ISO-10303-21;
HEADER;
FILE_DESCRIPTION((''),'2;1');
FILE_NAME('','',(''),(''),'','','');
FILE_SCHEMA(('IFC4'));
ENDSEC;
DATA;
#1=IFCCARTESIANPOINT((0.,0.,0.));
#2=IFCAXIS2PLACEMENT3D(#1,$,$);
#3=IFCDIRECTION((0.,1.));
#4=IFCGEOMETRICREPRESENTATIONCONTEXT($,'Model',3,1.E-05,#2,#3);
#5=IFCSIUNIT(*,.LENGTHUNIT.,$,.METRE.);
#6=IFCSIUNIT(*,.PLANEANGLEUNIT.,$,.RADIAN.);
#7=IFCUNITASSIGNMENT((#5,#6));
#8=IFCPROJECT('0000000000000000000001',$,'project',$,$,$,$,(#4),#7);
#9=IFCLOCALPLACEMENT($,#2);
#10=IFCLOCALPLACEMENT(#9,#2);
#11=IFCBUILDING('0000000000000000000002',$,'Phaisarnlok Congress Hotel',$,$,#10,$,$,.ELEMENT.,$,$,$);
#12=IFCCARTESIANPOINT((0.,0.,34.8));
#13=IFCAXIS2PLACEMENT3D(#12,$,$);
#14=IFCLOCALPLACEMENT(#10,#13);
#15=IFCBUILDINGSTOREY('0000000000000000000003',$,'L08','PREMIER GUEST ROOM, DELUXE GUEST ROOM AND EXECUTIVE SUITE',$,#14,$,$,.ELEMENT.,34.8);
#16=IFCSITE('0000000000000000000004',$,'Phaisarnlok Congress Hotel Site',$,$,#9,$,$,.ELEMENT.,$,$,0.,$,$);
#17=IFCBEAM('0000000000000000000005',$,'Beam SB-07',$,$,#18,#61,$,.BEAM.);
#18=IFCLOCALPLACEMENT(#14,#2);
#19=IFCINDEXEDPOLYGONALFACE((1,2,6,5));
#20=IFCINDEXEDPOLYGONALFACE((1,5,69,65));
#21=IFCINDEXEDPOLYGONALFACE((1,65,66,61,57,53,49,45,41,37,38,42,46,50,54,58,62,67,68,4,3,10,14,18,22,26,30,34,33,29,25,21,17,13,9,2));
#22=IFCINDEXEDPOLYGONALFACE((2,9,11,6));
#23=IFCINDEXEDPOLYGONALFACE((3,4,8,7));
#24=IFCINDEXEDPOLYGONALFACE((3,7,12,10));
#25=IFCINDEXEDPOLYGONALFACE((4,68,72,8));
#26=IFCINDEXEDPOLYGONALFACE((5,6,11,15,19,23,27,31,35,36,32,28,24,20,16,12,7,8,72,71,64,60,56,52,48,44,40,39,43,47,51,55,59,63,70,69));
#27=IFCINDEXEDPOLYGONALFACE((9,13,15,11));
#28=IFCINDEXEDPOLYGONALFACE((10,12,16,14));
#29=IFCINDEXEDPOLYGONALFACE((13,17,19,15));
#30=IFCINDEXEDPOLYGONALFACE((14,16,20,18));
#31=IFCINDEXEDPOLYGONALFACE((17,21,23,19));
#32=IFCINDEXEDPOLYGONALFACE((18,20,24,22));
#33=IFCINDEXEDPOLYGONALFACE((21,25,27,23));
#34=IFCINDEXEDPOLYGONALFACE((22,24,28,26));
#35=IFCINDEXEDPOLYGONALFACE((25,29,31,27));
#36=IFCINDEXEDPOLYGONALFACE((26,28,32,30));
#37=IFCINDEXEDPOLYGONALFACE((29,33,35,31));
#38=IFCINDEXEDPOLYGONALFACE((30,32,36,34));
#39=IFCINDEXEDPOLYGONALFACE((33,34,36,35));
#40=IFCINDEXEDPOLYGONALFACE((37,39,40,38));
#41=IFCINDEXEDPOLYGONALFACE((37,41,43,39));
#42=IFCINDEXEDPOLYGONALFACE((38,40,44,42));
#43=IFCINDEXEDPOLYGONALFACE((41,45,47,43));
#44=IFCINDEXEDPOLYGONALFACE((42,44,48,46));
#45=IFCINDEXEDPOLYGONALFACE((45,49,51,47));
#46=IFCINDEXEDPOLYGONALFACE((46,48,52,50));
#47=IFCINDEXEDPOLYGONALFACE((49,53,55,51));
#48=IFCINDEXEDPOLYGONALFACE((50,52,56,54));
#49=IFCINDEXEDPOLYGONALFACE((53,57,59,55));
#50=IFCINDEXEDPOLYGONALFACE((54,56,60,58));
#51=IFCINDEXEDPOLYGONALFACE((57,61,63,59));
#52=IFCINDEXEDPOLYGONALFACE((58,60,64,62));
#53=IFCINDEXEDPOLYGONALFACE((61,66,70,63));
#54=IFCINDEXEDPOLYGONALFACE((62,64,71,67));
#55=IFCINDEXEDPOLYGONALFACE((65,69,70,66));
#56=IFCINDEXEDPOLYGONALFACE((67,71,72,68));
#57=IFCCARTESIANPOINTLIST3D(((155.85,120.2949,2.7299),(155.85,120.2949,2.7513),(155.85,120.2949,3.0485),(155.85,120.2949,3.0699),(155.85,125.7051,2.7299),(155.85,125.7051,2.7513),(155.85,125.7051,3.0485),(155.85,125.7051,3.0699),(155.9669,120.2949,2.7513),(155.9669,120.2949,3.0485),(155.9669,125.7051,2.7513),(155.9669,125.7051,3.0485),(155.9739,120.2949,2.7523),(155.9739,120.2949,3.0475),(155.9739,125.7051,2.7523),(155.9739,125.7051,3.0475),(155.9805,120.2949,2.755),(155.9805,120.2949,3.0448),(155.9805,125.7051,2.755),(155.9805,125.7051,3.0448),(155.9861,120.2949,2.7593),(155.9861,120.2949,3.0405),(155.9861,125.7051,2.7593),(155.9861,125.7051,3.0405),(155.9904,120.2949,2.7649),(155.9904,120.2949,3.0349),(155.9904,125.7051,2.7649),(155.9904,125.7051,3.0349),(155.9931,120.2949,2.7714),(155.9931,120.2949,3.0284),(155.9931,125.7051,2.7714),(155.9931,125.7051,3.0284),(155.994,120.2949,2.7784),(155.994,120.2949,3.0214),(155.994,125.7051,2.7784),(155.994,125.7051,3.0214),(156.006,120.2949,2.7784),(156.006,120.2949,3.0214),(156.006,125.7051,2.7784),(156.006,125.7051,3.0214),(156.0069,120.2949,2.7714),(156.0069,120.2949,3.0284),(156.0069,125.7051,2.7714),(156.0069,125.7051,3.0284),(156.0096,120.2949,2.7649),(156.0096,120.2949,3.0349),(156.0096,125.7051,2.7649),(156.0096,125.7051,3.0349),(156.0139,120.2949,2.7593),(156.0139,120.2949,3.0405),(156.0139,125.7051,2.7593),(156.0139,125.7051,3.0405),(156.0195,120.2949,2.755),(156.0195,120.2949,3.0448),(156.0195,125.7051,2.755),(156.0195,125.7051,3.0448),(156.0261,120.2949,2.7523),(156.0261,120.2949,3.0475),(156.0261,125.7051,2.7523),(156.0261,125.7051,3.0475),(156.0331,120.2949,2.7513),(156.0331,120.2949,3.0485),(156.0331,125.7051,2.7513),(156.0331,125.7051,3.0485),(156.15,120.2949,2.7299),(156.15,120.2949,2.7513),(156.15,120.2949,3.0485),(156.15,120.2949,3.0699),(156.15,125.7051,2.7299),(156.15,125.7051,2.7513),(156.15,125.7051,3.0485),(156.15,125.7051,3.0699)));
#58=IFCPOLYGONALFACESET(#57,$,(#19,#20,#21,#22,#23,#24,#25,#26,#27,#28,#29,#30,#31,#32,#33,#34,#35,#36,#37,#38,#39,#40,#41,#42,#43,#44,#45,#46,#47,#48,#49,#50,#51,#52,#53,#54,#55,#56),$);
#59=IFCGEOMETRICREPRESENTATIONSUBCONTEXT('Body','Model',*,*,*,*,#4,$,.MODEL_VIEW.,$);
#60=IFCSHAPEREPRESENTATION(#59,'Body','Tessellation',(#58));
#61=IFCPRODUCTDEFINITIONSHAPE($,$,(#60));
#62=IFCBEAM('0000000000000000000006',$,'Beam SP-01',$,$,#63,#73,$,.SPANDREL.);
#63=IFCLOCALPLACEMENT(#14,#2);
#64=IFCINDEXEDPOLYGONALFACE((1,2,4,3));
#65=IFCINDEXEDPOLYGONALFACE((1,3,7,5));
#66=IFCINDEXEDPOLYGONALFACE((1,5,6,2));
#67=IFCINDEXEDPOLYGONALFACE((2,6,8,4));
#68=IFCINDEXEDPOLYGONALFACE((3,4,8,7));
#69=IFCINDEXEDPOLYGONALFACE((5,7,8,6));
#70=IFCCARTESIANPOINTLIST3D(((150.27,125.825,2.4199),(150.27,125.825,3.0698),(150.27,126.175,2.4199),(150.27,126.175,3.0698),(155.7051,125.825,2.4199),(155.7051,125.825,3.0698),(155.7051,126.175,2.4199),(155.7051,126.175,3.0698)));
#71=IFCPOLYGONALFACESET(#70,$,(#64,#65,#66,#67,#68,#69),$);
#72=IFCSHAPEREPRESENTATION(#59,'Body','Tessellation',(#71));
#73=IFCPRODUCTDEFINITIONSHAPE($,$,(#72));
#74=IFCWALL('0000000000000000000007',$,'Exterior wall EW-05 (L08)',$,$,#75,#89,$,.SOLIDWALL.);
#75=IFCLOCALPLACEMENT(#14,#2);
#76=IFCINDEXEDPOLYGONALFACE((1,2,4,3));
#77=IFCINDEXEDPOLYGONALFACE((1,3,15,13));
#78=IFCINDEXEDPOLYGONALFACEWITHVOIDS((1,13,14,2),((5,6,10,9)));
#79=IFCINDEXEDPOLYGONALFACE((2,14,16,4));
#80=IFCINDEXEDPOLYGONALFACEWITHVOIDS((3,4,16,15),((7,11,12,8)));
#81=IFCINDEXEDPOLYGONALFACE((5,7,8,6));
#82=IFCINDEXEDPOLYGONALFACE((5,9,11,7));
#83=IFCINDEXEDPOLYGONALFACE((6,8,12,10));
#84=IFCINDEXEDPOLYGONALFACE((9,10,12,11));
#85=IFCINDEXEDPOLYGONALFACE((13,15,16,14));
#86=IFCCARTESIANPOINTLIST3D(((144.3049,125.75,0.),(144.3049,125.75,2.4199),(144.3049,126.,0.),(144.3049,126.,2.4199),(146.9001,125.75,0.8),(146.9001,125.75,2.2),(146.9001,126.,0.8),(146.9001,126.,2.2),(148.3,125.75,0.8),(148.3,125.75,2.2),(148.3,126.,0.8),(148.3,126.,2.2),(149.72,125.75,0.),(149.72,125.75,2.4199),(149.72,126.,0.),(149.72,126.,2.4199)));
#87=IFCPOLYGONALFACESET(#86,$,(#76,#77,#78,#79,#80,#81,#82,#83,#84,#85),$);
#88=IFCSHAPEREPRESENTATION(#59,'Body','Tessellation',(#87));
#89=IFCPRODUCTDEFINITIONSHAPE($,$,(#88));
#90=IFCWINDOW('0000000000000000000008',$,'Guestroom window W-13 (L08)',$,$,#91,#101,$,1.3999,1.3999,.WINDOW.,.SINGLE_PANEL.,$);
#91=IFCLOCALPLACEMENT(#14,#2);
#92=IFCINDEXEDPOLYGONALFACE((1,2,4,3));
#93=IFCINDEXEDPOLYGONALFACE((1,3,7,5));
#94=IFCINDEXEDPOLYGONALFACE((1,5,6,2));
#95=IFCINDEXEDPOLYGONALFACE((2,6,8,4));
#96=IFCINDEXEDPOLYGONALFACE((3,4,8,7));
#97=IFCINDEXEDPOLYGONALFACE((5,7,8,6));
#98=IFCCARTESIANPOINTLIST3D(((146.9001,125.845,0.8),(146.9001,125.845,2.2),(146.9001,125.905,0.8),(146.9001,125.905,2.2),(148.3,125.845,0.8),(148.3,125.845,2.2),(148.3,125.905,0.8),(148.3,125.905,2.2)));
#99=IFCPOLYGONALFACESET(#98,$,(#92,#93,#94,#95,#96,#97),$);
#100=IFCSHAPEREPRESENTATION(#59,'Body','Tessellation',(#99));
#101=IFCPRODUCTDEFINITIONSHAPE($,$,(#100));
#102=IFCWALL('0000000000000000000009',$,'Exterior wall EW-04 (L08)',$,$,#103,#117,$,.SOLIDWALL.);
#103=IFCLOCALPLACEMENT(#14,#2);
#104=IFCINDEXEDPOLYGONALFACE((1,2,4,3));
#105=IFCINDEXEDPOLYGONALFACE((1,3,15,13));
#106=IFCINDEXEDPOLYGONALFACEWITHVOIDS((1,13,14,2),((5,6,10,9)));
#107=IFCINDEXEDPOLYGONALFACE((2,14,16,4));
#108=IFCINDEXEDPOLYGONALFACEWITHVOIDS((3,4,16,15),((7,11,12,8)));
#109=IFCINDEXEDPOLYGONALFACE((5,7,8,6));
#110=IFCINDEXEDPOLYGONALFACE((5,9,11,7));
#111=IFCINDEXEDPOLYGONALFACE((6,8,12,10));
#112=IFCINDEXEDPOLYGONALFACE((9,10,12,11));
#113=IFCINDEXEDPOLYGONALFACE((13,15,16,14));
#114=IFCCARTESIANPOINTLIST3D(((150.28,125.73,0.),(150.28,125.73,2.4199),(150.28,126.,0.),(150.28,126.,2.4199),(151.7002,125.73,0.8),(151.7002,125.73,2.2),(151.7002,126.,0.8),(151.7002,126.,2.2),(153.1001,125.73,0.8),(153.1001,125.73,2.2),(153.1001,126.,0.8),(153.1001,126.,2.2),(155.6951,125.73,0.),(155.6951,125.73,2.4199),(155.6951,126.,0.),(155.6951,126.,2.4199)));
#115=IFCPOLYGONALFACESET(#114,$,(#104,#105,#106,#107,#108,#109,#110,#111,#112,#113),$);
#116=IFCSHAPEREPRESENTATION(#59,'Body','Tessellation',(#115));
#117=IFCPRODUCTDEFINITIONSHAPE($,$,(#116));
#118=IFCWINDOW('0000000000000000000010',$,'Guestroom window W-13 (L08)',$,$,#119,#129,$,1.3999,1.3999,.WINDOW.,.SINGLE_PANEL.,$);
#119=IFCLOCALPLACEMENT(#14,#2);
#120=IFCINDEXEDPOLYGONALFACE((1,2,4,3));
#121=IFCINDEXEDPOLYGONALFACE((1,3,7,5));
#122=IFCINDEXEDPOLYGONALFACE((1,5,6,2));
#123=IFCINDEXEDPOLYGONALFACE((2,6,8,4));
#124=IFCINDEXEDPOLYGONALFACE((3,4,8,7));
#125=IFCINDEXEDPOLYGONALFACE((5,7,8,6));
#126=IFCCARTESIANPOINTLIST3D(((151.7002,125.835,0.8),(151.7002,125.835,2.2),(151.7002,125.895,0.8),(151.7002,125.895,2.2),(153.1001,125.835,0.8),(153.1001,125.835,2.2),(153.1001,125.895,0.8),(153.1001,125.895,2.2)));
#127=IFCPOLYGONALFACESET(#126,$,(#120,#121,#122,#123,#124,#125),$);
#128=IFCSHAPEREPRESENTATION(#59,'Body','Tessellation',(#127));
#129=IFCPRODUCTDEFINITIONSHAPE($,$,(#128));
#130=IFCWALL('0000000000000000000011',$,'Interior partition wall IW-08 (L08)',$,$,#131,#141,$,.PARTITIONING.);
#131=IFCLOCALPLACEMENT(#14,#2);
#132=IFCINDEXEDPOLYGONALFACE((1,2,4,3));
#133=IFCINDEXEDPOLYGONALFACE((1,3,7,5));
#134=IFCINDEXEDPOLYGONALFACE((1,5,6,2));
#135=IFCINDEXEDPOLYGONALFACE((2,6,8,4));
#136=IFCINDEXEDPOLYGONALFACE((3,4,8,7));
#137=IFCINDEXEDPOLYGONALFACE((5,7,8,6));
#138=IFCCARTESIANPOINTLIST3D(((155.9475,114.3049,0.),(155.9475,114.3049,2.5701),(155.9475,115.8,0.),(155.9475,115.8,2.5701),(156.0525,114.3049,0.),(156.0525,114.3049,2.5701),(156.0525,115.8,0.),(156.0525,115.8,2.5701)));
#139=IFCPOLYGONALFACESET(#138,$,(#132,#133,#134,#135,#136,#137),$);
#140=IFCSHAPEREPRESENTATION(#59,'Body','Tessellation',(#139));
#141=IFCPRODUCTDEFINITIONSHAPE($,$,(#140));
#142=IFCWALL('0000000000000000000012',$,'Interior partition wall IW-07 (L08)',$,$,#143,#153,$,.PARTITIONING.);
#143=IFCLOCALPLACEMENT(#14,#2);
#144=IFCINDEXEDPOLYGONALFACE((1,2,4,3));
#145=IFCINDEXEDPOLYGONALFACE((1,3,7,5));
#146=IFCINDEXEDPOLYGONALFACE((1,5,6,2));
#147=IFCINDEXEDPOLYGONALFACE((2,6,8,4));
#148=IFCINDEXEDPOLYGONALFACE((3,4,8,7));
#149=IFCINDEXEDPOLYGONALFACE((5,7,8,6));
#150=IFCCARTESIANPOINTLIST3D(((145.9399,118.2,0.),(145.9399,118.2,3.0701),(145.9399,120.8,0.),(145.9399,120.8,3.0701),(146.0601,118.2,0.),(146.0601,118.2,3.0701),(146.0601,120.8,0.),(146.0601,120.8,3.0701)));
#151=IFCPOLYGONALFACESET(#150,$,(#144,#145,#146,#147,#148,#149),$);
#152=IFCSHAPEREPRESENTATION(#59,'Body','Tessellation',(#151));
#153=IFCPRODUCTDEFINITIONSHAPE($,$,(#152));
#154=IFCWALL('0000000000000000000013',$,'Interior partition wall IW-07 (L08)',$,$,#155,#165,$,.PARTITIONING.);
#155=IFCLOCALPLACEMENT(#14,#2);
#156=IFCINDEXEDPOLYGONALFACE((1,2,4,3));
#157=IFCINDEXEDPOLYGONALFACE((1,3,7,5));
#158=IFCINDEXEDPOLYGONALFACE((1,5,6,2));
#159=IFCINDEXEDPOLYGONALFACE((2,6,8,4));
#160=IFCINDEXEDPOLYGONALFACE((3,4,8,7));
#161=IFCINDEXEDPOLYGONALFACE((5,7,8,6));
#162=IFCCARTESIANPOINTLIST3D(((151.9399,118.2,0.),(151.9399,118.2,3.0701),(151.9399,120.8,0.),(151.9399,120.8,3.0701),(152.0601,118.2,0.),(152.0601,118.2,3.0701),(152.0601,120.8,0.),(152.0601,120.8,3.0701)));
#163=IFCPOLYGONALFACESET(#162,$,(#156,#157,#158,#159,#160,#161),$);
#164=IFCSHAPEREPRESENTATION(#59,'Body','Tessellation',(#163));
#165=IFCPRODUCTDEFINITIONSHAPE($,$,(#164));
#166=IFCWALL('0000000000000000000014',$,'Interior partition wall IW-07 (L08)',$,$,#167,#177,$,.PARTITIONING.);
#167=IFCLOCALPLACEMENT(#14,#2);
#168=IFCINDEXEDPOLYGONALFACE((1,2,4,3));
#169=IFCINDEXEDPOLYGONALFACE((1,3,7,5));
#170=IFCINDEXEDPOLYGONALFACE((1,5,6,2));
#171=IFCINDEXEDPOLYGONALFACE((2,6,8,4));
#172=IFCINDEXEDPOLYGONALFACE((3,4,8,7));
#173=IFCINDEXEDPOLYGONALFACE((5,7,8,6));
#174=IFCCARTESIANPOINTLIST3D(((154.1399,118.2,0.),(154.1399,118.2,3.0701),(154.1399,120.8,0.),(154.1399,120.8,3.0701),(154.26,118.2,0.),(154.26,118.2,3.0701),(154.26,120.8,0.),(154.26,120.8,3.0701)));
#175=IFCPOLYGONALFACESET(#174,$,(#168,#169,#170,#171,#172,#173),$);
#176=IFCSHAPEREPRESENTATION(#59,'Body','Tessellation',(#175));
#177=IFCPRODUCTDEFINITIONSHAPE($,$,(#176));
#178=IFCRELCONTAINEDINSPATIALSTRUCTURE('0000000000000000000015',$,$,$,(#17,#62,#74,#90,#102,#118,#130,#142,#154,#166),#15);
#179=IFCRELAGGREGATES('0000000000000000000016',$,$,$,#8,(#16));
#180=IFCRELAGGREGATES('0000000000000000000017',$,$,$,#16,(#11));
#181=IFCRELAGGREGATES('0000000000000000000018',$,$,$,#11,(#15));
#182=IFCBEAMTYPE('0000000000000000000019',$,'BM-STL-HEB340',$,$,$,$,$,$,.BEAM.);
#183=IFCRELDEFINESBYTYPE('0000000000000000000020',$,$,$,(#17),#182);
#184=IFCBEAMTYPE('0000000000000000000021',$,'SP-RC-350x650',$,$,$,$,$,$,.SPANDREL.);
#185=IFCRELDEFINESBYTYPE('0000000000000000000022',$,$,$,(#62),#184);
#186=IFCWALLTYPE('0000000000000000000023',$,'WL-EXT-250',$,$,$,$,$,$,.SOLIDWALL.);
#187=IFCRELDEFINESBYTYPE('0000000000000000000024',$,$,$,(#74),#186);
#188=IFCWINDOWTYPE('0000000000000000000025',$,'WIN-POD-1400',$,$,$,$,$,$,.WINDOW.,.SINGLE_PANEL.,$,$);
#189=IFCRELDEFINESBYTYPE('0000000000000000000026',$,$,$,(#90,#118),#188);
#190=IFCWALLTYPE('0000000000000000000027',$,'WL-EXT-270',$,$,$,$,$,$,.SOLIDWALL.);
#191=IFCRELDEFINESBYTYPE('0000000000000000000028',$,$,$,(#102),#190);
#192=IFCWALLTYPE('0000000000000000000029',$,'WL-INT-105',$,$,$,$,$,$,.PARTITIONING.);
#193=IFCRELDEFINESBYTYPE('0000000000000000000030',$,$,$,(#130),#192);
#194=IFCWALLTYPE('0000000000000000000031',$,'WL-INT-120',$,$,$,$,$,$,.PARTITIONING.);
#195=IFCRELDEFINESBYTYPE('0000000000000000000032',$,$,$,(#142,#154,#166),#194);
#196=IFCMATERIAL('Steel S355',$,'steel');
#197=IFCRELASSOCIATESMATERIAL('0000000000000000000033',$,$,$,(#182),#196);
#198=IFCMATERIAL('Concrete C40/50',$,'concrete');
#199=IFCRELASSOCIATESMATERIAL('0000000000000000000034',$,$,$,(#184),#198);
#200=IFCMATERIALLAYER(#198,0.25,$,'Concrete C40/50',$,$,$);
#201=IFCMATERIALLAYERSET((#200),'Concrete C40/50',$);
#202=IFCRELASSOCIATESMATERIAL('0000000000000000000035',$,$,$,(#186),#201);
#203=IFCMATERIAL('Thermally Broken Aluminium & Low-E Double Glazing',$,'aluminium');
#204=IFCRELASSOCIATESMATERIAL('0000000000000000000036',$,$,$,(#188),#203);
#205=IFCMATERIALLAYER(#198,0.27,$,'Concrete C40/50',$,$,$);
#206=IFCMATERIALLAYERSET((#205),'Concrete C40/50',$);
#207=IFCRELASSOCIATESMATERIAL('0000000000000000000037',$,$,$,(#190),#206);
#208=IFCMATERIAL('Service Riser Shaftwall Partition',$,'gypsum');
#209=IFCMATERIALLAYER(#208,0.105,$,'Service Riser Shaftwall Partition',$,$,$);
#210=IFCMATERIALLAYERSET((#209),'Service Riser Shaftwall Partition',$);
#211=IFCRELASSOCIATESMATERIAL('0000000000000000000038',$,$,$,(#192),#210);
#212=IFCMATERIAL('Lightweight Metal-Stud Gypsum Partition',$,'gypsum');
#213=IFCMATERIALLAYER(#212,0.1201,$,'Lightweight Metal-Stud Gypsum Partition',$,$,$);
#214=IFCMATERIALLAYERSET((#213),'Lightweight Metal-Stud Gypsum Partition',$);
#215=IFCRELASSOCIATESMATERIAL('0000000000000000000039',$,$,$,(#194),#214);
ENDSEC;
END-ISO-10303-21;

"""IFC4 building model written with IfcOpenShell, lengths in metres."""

from ifc_helpers import new_model, si_unit, direction, frame, frame_2d, origin, origin_2d, place, context, subcontext, project, spatial, rectangle, i_section, extrude, material, layer, layer_set, material_profile, profile_set, type_object, element, fill, save


model = new_model("IFC4")

# Units and contexts
model_context = context("Model", 3, precision=1e-05, world=origin(), true_north=direction((0.0, 1.0)))
body_context = subcontext(model_context, "Body", "Model", "MODEL_VIEW")
ifc_project = project(units=[si_unit("LENGTHUNIT", "METRE"), si_unit("PLANEANGLEUNIT", "RADIAN")], contexts=[model_context])

# Site, building, storey
site_placement = place(None, origin())
site = spatial("IfcSite", under=ifc_project, at=site_placement, Name="Phaisarnlok Congress Hotel Site", CompositionType="ELEMENT", RefElevation=0.0)
building_placement = place(site_placement, origin())
building = spatial("IfcBuilding", under=site, at=building_placement, Name="Phaisarnlok Congress Hotel", CompositionType="ELEMENT")
storey_placement = place(building_placement, frame((0.0, 0.0, 34.8)))
storey = spatial("IfcBuildingStorey", under=building, at=storey_placement, Name="L08", Description="PREMIER GUEST ROOM, DELUXE GUEST ROOM AND EXECUTIVE SUITE", CompositionType="ELEMENT", Elevation=34.8)

# Beams
ifc_material_1 = material(Name="Steel S355", Category="steel")
ifc_material_profile_1 = material_profile(ifc_material_1, i_section(OverallWidth=0.3, OverallDepth=0.3401, WebThickness=0.012, FlangeThickness=0.0215, FilletRadius=0.0271, at=origin_2d()), Name="HEB 340")
ifc_profile_set_1 = profile_set([ifc_material_profile_1], Name="Steel S355")
beam_type_1 = type_object("IfcBeamType", Name="BM-STL-HEB340", PredefinedType="BEAM", material=ifc_profile_set_1)
beam_1_placement = place(storey_placement, frame((156.0, 120.2949, 2.8999), z_axis=(0.0, 1.0, 0.0), x_axis=(-1.0, 0.0, 0.0)))
element("IfcBeam", 1, at=beam_1_placement, inside=storey, type_object=beam_type_1, Name="Beam SB-07", PredefinedType="BEAM", context=body_context, shape_type="SweptSolid", body=[
    extrude(i_section(OverallWidth=0.3, OverallDepth=0.3401, WebThickness=0.012, FlangeThickness=0.0215, FilletRadius=0.0271, at=origin_2d()), origin(), (0.0, 0.0, 1.0), 5.4102),
])
ifc_material_2 = material(Name="Concrete C40/50", Category="concrete")
ifc_material_profile_2 = material_profile(ifc_material_2, rectangle(XDim=0.3501, YDim=0.6499, at=origin_2d()), Name="RC 350x650")
ifc_profile_set_2 = profile_set([ifc_material_profile_2], Name="Concrete C40/50")
beam_type_2 = type_object("IfcBeamType", Name="SP-RC-350x650", PredefinedType="SPANDREL", material=ifc_profile_set_2)
beam_2_placement = place(storey_placement, frame((150.27, 126.0, 2.7449), z_axis=(1.0, 0.0, 0.0), x_axis=(0.0, 1.0, 0.0)))
element("IfcBeam", 2, at=beam_2_placement, inside=storey, type_object=beam_type_2, Name="Beam SP-01", PredefinedType="SPANDREL", context=body_context, shape_type="SweptSolid", body=[
    extrude(rectangle(XDim=0.3501, YDim=0.6499, at=origin_2d()), origin(), (0.0, 0.0, 1.0), 5.4351),
])

# Walls, openings, windows
ifc_layer_1 = layer(ifc_material_2, 0.25, Name="Concrete C40/50")
ifc_layer_set_1 = layer_set([ifc_layer_1], Name="Concrete C40/50")
wall_type_1 = type_object("IfcWallType", Name="WL-EXT-250", PredefinedType="SOLIDWALL", material=ifc_layer_set_1)
wall_1_placement = place(storey_placement, frame((149.72, 125.875, 0.0), z_axis=(0.0, 0.0, 1.0), x_axis=(-1.0, 0.0, 0.0)))
wall_1 = element("IfcWall", 3, at=wall_1_placement, inside=storey, type_object=wall_type_1, Name="Exterior wall EW-05 (L08)", PredefinedType="SOLIDWALL", context=body_context, shape_type="SweptSolid", body=[
    extrude(rectangle(XDim=5.415, YDim=0.25, at=frame_2d((2.7075, 0.0))), origin(), (0.0, 0.0, 1.0), 2.4199),
])
opening_1_placement = place(wall_1_placement, frame((1.4199, 0.0, 0.8)))
opening_1 = element("IfcOpeningElement", 4, at=opening_1_placement, cuts=wall_1, PredefinedType="OPENING", context=body_context, shape_type="SweptSolid", body=[
    extrude(rectangle(XDim=1.3999, YDim=1.3999, at=frame_2d((0.7, 0.7))), frame((0.0, 0.135, 0.0), z_axis=(0.0, -1.0, 0.0), x_axis=(1.0, 0.0, 0.0)), (0.0, 0.0, 1.0), 0.27),
])
ifc_material_3 = material(Name="Thermally Broken Aluminium & Low-E Double Glazing", Category="aluminium")
window_type = type_object("IfcWindowType", Name="WIN-POD-1400", PartitioningType="SINGLE_PANEL", PredefinedType="WINDOW", material=ifc_material_3)
window_1_placement = place(opening_1_placement, origin())
window_1 = element("IfcWindow", 5, at=window_1_placement, inside=storey, type_object=window_type, Name="Guestroom window W-13 (L08)", OverallHeight=1.3999, OverallWidth=1.3999, PartitioningType="SINGLE_PANEL", PredefinedType="WINDOW", context=body_context, shape_type="SweptSolid", body=[
    extrude(rectangle(XDim=1.3999, YDim=1.3999, at=frame_2d((0.7, 0.7))), frame((0.0, 0.03, 0.0), z_axis=(0.0, -1.0, 0.0), x_axis=(1.0, 0.0, 0.0)), (0.0, 0.0, 1.0), 0.0601),
])
fill(opening_1, window_1)
ifc_layer_2 = layer(ifc_material_2, 0.27, Name="Concrete C40/50")
ifc_layer_set_2 = layer_set([ifc_layer_2], Name="Concrete C40/50")
wall_type_2 = type_object("IfcWallType", Name="WL-EXT-270", PredefinedType="SOLIDWALL", material=ifc_layer_set_2)
wall_2_placement = place(storey_placement, frame((155.6951, 125.865, 0.0), z_axis=(0.0, 0.0, 1.0), x_axis=(-1.0, 0.0, 0.0)))
wall_2 = element("IfcWall", 6, at=wall_2_placement, inside=storey, type_object=wall_type_2, Name="Exterior wall EW-04 (L08)", PredefinedType="SOLIDWALL", context=body_context, shape_type="SweptSolid", body=[
    extrude(rectangle(XDim=5.415, YDim=0.27, at=frame_2d((2.7075, 0.0))), origin(), (0.0, 0.0, 1.0), 2.4199),
])
opening_2_placement = place(wall_2_placement, frame((2.595, 0.0, 0.8)))
opening_2 = element("IfcOpeningElement", 7, at=opening_2_placement, cuts=wall_2, PredefinedType="OPENING", context=body_context, shape_type="SweptSolid", body=[
    extrude(rectangle(XDim=1.3999, YDim=1.3999, at=frame_2d((0.7, 0.7))), frame((0.0, 0.145, 0.0), z_axis=(0.0, -1.0, 0.0), x_axis=(1.0, 0.0, 0.0)), (0.0, 0.0, 1.0), 0.29),
])
window_2_placement = place(opening_2_placement, origin())
window_2 = element("IfcWindow", 8, at=window_2_placement, inside=storey, type_object=window_type, Name="Guestroom window W-13 (L08)", OverallHeight=1.3999, OverallWidth=1.3999, PartitioningType="SINGLE_PANEL", PredefinedType="WINDOW", context=body_context, shape_type="SweptSolid", body=[
    extrude(rectangle(XDim=1.3999, YDim=1.3999, at=frame_2d((0.7, 0.7))), frame((0.0, 0.03, 0.0), z_axis=(0.0, -1.0, 0.0), x_axis=(1.0, 0.0, 0.0)), (0.0, 0.0, 1.0), 0.0601),
])
fill(opening_2, window_2)

# Walls
ifc_material_4 = material(Name="Service Riser Shaftwall Partition", Category="gypsum")
ifc_layer_3 = layer(ifc_material_4, 0.105, Name="Service Riser Shaftwall Partition")
ifc_layer_set_3 = layer_set([ifc_layer_3], Name="Service Riser Shaftwall Partition")
wall_type_3 = type_object("IfcWallType", Name="WL-INT-105", PredefinedType="PARTITIONING", material=ifc_layer_set_3)
wall_3_placement = place(storey_placement, frame((156.0, 114.3049, 0.0), z_axis=(0.0, 0.0, 1.0), x_axis=(0.0, 1.0, 0.0)))
element("IfcWall", 9, at=wall_3_placement, inside=storey, type_object=wall_type_3, Name="Interior partition wall IW-08 (L08)", PredefinedType="PARTITIONING", context=body_context, shape_type="SweptSolid", body=[
    extrude(rectangle(XDim=1.4951, YDim=0.105, at=frame_2d((0.7476, 0.0))), origin(), (0.0, 0.0, 1.0), 2.5701),
])
ifc_material_5 = material(Name="Lightweight Metal-Stud Gypsum Partition", Category="gypsum")
ifc_layer_4 = layer(ifc_material_5, 0.1201, Name="Lightweight Metal-Stud Gypsum Partition")
ifc_layer_set_4 = layer_set([ifc_layer_4], Name="Lightweight Metal-Stud Gypsum Partition")
wall_type_4 = type_object("IfcWallType", Name="WL-INT-120", PredefinedType="PARTITIONING", material=ifc_layer_set_4)
for number, where, z_axis, x_axis, name in (
    (10, (146.0, 118.2, 0.0), (0.0, 0.0, 1.0), (0.0, 1.0, 0.0), "Interior partition wall IW-07 (L08)"),
    (11, (152.0, 118.2, 0.0), (0.0, 0.0, 1.0), (0.0, 1.0, 0.0), "Interior partition wall IW-07 (L08)"),
    (12, (154.2, 118.2, 0.0), (0.0, 0.0, 1.0), (0.0, 1.0, 0.0), "Interior partition wall IW-07 (L08)"),
):
    element("IfcWall", number, at=place(storey_placement, frame(where, z_axis=z_axis, x_axis=x_axis)), inside=storey, type_object=wall_type_4, Name=name, PredefinedType="PARTITIONING", context=body_context, shape_type="SweptSolid", body=[
        extrude(rectangle(XDim=2.6001, YDim=0.1201, at=frame_2d((1.3, 0.0))), origin(), (0.0, 0.0, 1.0), 3.0701),
    ])

save(model, "model.ifc")
